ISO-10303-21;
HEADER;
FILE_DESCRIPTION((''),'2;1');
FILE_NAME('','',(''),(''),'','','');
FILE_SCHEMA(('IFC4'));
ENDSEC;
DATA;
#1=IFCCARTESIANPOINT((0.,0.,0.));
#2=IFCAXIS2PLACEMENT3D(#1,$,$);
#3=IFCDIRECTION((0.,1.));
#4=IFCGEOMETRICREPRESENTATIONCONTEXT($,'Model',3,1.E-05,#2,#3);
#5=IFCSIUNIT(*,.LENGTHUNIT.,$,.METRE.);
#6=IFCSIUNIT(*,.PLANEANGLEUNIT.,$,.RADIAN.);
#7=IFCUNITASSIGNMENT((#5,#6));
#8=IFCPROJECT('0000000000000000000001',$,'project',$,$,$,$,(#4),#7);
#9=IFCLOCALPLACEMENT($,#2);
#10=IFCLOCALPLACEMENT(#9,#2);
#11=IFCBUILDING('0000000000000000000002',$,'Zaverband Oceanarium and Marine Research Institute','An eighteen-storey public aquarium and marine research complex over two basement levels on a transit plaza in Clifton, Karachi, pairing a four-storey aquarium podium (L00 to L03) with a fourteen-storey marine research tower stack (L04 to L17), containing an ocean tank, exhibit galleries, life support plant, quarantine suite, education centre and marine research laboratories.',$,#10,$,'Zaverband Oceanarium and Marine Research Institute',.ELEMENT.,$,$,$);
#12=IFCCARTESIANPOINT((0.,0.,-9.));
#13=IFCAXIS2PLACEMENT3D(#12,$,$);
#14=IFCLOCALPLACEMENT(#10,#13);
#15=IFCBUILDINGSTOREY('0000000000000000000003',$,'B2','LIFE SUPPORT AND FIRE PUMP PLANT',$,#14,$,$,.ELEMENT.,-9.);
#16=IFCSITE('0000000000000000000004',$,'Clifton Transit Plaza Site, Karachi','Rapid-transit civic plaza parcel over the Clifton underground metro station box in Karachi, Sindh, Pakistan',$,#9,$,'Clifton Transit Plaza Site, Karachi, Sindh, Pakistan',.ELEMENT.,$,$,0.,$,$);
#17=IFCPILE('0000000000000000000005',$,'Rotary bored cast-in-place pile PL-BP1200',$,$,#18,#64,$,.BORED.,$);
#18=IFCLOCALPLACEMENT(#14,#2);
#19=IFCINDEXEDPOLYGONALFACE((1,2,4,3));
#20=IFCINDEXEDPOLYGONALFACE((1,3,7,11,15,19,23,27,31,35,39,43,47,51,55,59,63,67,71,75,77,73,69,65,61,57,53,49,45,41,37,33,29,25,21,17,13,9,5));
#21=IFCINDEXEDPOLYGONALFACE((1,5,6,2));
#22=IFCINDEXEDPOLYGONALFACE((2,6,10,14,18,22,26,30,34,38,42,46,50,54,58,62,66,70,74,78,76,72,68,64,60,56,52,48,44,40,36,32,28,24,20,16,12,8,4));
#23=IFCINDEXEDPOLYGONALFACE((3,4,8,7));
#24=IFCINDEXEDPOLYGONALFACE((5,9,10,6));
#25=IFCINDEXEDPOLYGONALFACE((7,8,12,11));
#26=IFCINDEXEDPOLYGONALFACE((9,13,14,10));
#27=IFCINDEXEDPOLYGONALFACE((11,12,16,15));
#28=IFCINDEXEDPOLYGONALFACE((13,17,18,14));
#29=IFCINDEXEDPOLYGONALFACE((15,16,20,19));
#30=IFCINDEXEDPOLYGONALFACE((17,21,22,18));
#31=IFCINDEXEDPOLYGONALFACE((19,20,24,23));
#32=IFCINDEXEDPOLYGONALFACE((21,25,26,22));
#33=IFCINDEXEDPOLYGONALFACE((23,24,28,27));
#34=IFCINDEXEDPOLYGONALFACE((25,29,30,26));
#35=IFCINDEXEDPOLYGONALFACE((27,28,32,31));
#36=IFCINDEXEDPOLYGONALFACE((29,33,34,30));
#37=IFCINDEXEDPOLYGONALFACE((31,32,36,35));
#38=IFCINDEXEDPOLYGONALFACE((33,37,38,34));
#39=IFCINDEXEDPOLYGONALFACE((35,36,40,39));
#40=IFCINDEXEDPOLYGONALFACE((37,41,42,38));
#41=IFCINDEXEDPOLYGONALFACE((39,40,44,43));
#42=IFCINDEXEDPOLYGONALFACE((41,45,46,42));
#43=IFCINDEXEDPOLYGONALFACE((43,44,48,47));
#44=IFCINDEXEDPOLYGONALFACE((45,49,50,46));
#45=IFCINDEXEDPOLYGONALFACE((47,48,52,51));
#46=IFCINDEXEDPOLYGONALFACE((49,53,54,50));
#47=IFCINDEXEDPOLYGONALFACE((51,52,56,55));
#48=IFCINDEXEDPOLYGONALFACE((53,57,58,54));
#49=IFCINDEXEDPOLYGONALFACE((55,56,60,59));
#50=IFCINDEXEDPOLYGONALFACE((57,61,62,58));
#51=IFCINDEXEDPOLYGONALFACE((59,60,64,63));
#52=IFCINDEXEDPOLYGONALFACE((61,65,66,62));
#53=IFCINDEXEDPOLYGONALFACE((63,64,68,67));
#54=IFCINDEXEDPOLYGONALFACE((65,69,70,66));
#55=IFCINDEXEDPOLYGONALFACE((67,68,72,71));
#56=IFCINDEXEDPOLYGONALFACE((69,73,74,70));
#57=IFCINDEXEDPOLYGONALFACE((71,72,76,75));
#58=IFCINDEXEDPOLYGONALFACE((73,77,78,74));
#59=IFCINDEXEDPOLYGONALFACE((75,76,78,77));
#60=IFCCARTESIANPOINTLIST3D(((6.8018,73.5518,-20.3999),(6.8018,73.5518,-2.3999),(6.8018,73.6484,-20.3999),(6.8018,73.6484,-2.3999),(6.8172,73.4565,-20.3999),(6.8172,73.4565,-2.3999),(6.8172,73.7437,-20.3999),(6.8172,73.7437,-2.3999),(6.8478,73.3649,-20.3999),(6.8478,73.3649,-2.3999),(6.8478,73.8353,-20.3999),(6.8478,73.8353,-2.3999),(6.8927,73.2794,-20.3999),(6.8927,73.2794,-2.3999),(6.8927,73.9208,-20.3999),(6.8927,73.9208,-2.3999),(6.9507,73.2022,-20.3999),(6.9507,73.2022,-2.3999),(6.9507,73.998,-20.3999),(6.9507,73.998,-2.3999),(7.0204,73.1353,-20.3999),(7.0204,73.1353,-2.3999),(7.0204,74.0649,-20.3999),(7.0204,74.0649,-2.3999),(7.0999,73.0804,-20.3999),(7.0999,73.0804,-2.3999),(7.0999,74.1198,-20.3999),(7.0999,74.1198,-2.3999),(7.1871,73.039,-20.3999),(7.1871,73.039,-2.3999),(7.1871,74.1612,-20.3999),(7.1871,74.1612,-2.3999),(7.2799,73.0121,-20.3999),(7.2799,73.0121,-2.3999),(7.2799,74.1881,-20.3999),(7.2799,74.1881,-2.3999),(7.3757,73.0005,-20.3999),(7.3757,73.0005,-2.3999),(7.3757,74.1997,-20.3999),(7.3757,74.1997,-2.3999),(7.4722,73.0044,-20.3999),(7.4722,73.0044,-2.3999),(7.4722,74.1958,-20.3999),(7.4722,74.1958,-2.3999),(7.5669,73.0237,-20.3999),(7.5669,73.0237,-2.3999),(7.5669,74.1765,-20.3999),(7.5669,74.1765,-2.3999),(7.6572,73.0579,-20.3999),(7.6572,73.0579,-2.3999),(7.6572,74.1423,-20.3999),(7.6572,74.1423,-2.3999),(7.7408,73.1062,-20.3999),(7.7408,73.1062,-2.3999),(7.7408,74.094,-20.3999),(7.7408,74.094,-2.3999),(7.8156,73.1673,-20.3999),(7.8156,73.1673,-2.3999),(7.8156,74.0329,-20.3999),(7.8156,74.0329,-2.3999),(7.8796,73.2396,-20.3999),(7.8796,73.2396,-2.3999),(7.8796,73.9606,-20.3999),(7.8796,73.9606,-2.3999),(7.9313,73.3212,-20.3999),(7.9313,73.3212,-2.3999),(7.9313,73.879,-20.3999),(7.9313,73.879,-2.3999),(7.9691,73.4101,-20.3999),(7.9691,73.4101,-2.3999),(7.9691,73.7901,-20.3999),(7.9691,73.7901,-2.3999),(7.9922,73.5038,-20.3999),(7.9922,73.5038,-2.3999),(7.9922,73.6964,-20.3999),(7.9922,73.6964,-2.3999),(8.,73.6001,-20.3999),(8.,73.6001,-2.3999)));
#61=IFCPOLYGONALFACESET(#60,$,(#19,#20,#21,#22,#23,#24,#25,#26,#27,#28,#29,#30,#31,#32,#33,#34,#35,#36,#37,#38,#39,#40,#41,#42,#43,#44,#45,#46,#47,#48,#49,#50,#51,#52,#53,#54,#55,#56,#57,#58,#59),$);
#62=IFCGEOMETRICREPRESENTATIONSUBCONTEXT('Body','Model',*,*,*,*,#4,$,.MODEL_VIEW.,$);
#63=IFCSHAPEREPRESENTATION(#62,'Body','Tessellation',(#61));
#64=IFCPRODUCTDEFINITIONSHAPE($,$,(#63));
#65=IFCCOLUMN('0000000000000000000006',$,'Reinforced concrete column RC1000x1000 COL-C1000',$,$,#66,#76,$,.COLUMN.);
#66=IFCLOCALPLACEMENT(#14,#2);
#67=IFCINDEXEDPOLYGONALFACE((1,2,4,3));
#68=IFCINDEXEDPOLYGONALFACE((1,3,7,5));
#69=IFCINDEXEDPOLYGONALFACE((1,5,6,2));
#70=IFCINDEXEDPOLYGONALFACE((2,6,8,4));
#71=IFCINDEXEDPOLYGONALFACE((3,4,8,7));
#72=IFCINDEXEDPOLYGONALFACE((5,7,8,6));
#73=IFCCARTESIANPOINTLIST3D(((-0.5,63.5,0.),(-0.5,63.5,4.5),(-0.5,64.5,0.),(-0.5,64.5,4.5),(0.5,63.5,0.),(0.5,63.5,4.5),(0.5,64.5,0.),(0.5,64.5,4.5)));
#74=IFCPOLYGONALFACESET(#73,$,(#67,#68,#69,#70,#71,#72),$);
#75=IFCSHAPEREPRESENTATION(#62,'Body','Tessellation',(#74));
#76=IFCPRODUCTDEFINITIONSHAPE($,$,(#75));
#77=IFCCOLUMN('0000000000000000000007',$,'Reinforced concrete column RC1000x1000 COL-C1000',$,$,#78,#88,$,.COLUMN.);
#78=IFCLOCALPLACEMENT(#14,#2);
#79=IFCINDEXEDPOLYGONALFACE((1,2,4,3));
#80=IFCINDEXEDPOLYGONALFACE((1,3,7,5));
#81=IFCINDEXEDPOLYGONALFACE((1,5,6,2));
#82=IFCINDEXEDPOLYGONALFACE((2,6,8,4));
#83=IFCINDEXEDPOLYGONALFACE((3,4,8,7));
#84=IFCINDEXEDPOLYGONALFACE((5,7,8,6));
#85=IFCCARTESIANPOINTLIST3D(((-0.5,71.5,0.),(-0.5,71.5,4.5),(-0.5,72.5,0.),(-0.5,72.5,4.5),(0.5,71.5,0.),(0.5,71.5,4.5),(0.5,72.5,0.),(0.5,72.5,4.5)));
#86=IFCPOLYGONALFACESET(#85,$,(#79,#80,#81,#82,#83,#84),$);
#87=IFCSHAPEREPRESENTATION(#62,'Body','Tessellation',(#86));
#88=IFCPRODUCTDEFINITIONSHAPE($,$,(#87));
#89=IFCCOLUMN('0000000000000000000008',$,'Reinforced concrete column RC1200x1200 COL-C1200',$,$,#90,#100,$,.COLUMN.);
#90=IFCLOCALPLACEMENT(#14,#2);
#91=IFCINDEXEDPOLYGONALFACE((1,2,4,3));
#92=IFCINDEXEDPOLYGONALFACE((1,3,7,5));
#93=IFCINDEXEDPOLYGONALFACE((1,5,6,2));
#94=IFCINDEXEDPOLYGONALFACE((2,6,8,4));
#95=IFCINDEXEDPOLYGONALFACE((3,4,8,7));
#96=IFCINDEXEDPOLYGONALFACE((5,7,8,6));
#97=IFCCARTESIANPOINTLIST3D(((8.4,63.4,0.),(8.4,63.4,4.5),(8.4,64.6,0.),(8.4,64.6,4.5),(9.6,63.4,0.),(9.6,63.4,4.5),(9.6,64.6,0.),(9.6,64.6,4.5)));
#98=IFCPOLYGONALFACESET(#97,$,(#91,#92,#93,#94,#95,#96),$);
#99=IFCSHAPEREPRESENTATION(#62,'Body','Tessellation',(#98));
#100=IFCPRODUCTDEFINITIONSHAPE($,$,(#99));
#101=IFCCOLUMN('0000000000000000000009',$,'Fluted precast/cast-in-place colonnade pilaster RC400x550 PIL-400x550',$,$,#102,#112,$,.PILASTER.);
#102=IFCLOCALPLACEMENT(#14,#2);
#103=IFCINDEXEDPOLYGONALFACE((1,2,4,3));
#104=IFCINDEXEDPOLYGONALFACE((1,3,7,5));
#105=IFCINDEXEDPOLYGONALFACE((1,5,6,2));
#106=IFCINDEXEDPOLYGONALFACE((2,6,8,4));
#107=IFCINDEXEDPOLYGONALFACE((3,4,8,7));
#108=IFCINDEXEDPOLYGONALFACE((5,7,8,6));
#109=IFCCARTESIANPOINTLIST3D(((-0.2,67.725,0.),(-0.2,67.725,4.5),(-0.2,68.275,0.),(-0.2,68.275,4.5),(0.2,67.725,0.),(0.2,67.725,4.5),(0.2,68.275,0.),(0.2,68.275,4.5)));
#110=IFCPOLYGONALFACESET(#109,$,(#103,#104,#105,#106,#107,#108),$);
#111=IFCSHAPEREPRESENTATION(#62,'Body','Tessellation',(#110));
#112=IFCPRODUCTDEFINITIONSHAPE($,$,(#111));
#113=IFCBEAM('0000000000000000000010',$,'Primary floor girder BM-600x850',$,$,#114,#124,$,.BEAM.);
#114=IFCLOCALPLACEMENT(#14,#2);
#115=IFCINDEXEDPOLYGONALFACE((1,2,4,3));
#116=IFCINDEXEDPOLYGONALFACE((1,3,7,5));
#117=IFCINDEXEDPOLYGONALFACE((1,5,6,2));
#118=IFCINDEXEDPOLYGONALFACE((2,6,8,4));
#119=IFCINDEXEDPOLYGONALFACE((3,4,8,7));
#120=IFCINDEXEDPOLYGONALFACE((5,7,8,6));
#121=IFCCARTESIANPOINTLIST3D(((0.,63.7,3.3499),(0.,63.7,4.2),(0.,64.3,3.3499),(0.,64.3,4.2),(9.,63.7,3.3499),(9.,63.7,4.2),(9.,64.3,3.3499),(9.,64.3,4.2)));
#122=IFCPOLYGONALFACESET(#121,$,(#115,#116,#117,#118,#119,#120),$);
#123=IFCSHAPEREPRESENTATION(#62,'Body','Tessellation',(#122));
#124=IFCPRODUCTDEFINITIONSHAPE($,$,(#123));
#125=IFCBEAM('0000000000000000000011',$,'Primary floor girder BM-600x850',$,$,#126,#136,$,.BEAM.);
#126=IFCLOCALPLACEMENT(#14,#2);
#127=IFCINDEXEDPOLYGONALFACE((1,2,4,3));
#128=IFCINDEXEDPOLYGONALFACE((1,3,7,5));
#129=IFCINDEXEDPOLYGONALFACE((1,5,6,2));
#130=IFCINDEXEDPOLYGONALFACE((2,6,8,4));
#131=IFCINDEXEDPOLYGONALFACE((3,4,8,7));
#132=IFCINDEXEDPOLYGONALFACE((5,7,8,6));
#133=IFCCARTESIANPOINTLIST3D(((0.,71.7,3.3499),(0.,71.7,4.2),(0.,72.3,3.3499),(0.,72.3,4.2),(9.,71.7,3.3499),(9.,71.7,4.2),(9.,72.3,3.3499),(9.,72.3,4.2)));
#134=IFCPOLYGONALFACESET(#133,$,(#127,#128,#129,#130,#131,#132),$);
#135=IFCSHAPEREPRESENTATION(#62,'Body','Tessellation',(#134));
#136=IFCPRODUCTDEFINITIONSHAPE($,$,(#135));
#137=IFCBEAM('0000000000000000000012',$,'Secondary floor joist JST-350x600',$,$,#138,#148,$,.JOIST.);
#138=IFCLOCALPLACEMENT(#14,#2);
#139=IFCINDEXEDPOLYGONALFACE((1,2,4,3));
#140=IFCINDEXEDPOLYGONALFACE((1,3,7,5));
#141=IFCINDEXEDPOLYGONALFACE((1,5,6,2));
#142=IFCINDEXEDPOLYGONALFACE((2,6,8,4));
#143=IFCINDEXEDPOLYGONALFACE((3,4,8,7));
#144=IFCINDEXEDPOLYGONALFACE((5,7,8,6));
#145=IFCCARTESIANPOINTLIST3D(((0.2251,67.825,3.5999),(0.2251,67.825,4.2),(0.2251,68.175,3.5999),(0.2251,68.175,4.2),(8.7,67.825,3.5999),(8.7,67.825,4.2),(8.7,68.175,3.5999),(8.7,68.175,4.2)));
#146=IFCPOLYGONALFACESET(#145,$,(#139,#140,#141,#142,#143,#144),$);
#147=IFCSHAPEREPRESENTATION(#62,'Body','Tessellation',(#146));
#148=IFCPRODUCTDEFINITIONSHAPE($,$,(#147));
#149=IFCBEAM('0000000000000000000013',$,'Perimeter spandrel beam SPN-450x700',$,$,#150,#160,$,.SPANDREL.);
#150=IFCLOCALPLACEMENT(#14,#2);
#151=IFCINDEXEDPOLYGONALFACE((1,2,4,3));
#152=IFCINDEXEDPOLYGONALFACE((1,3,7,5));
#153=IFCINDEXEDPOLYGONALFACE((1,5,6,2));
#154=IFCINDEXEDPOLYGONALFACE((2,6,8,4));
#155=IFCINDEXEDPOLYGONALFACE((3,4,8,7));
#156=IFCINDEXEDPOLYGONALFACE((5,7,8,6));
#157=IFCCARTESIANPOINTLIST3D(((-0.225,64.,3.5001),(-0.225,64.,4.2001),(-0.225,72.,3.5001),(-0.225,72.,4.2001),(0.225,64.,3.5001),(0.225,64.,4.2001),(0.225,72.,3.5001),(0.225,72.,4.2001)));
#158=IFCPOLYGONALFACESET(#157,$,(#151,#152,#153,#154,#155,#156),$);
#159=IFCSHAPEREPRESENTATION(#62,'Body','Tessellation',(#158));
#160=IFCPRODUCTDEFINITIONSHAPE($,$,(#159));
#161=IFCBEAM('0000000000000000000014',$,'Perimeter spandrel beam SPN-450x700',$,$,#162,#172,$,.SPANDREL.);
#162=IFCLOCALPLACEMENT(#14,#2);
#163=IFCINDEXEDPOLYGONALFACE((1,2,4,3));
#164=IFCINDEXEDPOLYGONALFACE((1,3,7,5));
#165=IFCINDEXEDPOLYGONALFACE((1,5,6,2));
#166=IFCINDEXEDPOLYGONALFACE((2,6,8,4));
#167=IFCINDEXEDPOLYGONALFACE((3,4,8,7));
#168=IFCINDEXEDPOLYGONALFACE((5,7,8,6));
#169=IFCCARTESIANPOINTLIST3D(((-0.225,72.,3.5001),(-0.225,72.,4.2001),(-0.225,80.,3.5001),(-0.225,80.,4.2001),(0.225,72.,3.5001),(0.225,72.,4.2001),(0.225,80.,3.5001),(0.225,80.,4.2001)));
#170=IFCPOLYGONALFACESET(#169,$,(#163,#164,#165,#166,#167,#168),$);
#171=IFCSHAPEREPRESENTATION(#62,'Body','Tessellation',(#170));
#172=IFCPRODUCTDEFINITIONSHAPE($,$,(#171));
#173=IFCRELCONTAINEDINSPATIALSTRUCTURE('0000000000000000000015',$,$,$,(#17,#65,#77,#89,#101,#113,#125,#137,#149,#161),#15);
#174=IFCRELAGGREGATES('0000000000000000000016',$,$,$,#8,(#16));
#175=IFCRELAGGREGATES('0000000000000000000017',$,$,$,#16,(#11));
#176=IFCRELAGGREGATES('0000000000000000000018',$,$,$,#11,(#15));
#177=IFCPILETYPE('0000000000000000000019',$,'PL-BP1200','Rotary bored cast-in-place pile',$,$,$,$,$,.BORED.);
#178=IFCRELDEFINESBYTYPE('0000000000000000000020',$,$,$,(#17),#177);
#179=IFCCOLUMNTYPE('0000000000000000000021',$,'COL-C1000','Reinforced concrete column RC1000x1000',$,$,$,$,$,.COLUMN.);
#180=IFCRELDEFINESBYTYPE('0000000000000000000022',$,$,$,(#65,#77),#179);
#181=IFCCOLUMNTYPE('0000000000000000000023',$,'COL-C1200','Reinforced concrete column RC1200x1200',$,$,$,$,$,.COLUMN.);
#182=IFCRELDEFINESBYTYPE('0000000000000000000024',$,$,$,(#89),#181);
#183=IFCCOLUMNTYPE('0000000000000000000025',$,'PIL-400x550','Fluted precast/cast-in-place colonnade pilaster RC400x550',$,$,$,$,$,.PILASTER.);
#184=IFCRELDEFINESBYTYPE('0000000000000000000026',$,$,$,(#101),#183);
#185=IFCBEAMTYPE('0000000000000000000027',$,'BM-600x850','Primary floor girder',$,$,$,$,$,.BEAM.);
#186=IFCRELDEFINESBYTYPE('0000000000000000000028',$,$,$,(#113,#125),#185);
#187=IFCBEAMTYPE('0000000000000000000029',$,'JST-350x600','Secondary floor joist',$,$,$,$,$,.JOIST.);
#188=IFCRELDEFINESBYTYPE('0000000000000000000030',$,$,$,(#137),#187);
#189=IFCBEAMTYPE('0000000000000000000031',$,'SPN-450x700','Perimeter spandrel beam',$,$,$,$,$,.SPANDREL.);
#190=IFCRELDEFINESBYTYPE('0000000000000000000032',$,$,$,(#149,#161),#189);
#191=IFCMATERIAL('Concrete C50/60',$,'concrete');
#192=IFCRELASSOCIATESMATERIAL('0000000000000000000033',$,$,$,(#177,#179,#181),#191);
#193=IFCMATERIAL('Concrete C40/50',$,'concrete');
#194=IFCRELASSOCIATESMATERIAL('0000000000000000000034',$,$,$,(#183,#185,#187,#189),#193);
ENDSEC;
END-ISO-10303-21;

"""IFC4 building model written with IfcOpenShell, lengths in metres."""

from ifc_helpers import new_model, si_unit, direction, frame, origin, origin_2d, place, context, subcontext, project, spatial, rectangle, circle, extrude, material, material_profile, profile_set, type_object, element, save


model = new_model("IFC4")

# Units and contexts
model_context = context("Model", 3, precision=1e-05, world=origin(), true_north=direction((0.0, 1.0)))
body_context = subcontext(model_context, "Body", "Model", "MODEL_VIEW")
ifc_project = project(units=[si_unit("LENGTHUNIT", "METRE"), si_unit("PLANEANGLEUNIT", "RADIAN")], contexts=[model_context])

# Site, building, storey
site_placement = place(None, origin())
site = spatial("IfcSite", under=ifc_project, at=site_placement, Name="Clifton Transit Plaza Site, Karachi", Description="Rapid-transit civic plaza parcel over the Clifton underground metro station box in Karachi, Sindh, Pakistan", LongName="Clifton Transit Plaza Site, Karachi, Sindh, Pakistan", CompositionType="ELEMENT", RefElevation=0.0)
building_placement = place(site_placement, origin())
building = spatial("IfcBuilding", under=site, at=building_placement, Name="Zaverband Oceanarium and Marine Research Institute", Description="An eighteen-storey public aquarium and marine research complex over two basement levels on a transit plaza in Clifton, Karachi, pairing a four-storey aquarium podium (L00 to L03) with a fourteen-storey marine research tower stack (L04 to L17), containing an ocean tank, exhibit galleries, life support plant, quarantine suite, education centre and marine research laboratories.", LongName="Zaverband Oceanarium and Marine Research Institute", CompositionType="ELEMENT")
storey_placement = place(building_placement, frame((0.0, 0.0, -9.0)))
storey = spatial("IfcBuildingStorey", under=building, at=storey_placement, Name="B2", Description="LIFE SUPPORT AND FIRE PUMP PLANT", CompositionType="ELEMENT", Elevation=-9.0)

# Shared definitions
ifc_material_1 = material(Name="Concrete C50/60", Category="concrete")
ifc_material_2 = material(Name="Concrete C40/50", Category="concrete")

# Pile
ifc_material_profile_1 = material_profile(ifc_material_1, circle(Radius=0.6001, at=origin_2d()), Name="BP1200")
ifc_profile_set_1 = profile_set([ifc_material_profile_1], Name="Concrete C50/60")
pile_type = type_object("IfcPileType", Name="PL-BP1200", Description="Rotary bored cast-in-place pile", PredefinedType="BORED", material=ifc_profile_set_1)
for number, where, z_axis, x_axis, name in (
    (1, (7.3999, 73.6001, -2.3999), (0.0, 0.0, -1.0), (1.0, 0.0, 0.0), "Rotary bored cast-in-place pile PL-BP1200"),
):
    element("IfcPile", number, at=place(storey_placement, frame(where, z_axis=z_axis, x_axis=x_axis)), inside=storey, type_object=pile_type, Name=name, PredefinedType="BORED", context=body_context, shape_type="SweptSolid", body=[
        extrude(circle(Radius=0.6001, at=origin_2d()), origin(), (0.0, 0.0, 1.0), 18.0),
    ])

# Columns
ifc_material_profile_2 = material_profile(ifc_material_1, rectangle(XDim=1.0, YDim=1.0, at=origin_2d()), Name="RC1000x1000")
ifc_profile_set_2 = profile_set([ifc_material_profile_2], Name="Concrete C50/60")
column_type_1 = type_object("IfcColumnType", Name="COL-C1000", Description="Reinforced concrete column RC1000x1000", PredefinedType="COLUMN", material=ifc_profile_set_2)
for number, where, z_axis, x_axis, name in (
    (2, (0.0, 64.0, 0.0), (0.0, 0.0, 1.0), (1.0, 0.0, 0.0), "Reinforced concrete column RC1000x1000 COL-C1000"),
    (3, (0.0, 72.0, 0.0), (0.0, 0.0, 1.0), (1.0, 0.0, 0.0), "Reinforced concrete column RC1000x1000 COL-C1000"),
):
    element("IfcColumn", number, at=place(storey_placement, frame(where, z_axis=z_axis, x_axis=x_axis)), inside=storey, type_object=column_type_1, Name=name, PredefinedType="COLUMN", context=body_context, shape_type="SweptSolid", body=[
        extrude(rectangle(XDim=1.0, YDim=1.0, at=origin_2d()), origin(), (0.0, 0.0, 1.0), 4.5),
    ])
ifc_material_profile_3 = material_profile(ifc_material_1, rectangle(XDim=1.2, YDim=1.2, at=origin_2d()), Name="RC1200x1200")
ifc_profile_set_3 = profile_set([ifc_material_profile_3], Name="Concrete C50/60")
column_type_2 = type_object("IfcColumnType", Name="COL-C1200", Description="Reinforced concrete column RC1200x1200", PredefinedType="COLUMN", material=ifc_profile_set_3)
column_1_placement = place(storey_placement, frame((9.0, 64.0, 0.0), z_axis=(0.0, 0.0, 1.0), x_axis=(1.0, 0.0, 0.0)))
element("IfcColumn", 4, at=column_1_placement, inside=storey, type_object=column_type_2, Name="Reinforced concrete column RC1200x1200 COL-C1200", PredefinedType="COLUMN", context=body_context, shape_type="SweptSolid", body=[
    extrude(rectangle(XDim=1.2, YDim=1.2, at=origin_2d()), origin(), (0.0, 0.0, 1.0), 4.5),
])
ifc_material_profile_4 = material_profile(ifc_material_2, rectangle(XDim=0.3999, YDim=0.55, at=origin_2d()), Name="RC400x550")
ifc_profile_set_4 = profile_set([ifc_material_profile_4], Name="Concrete C40/50")
column_type_3 = type_object("IfcColumnType", Name="PIL-400x550", Description="Fluted precast/cast-in-place colonnade pilaster RC400x550", PredefinedType="PILASTER", material=ifc_profile_set_4)
column_2_placement = place(storey_placement, frame((0.0, 68.0, 0.0), z_axis=(0.0, 0.0, 1.0), x_axis=(1.0, 0.0, 0.0)))
element("IfcColumn", 5, at=column_2_placement, inside=storey, type_object=column_type_3, Name="Fluted precast/cast-in-place colonnade pilaster RC400x550 PIL-400x550", PredefinedType="PILASTER", context=body_context, shape_type="SweptSolid", body=[
    extrude(rectangle(XDim=0.3999, YDim=0.55, at=origin_2d()), origin(), (0.0, 0.0, 1.0), 4.5),
])

# Beams
ifc_material_profile_5 = material_profile(ifc_material_2, rectangle(XDim=0.6001, YDim=0.8501, at=origin_2d()), Name="RC600x850")
ifc_profile_set_5 = profile_set([ifc_material_profile_5], Name="Concrete C40/50")
beam_type_1 = type_object("IfcBeamType", Name="BM-600x850", Description="Primary floor girder", PredefinedType="BEAM", material=ifc_profile_set_5)
for number, where, z_axis, x_axis, name in (
    (6, (0.0, 64.0, 3.7749), (1.0, 0.0, 0.0), (0.0, 1.0, 0.0), "Primary floor girder BM-600x850"),
    (7, (0.0, 72.0, 3.7749), (1.0, 0.0, 0.0), (0.0, 1.0, 0.0), "Primary floor girder BM-600x850"),
):
    element("IfcBeam", number, at=place(storey_placement, frame(where, z_axis=z_axis, x_axis=x_axis)), inside=storey, type_object=beam_type_1, Name=name, PredefinedType="BEAM", context=body_context, shape_type="SweptSolid", body=[
        extrude(rectangle(XDim=0.6001, YDim=0.8501, at=origin_2d()), origin(), (0.0, 0.0, 1.0), 9.0),
    ])
ifc_material_profile_6 = material_profile(ifc_material_2, rectangle(XDim=0.3501, YDim=0.6001, at=origin_2d()), Name="RC350x600")
ifc_profile_set_6 = profile_set([ifc_material_profile_6], Name="Concrete C40/50")
beam_type_2 = type_object("IfcBeamType", Name="JST-350x600", Description="Secondary floor joist", PredefinedType="JOIST", material=ifc_profile_set_6)
beam_placement = place(storey_placement, frame((0.2251, 68.0, 3.8999), z_axis=(1.0, 0.0, 0.0), x_axis=(0.0, 1.0, 0.0)))
element("IfcBeam", 8, at=beam_placement, inside=storey, type_object=beam_type_2, Name="Secondary floor joist JST-350x600", PredefinedType="JOIST", context=body_context, shape_type="SweptSolid", body=[
    extrude(rectangle(XDim=0.3501, YDim=0.6001, at=origin_2d()), origin(), (0.0, 0.0, 1.0), 8.4749),
])
ifc_material_profile_7 = material_profile(ifc_material_2, rectangle(XDim=0.45, YDim=0.7, at=origin_2d()), Name="RC450x700")
ifc_profile_set_7 = profile_set([ifc_material_profile_7], Name="Concrete C40/50")
beam_type_3 = type_object("IfcBeamType", Name="SPN-450x700", Description="Perimeter spandrel beam", PredefinedType="SPANDREL", material=ifc_profile_set_7)
for number, where, z_axis, x_axis, name in (
    (9, (0.0, 64.0, 3.8501), (0.0, 1.0, 0.0), (-1.0, 0.0, 0.0), "Perimeter spandrel beam SPN-450x700"),
    (10, (0.0, 72.0, 3.8501), (0.0, 1.0, 0.0), (-1.0, 0.0, 0.0), "Perimeter spandrel beam SPN-450x700"),
):
    element("IfcBeam", number, at=place(storey_placement, frame(where, z_axis=z_axis, x_axis=x_axis)), inside=storey, type_object=beam_type_3, Name=name, PredefinedType="SPANDREL", context=body_context, shape_type="SweptSolid", body=[
        extrude(rectangle(XDim=0.45, YDim=0.7, at=origin_2d()), origin(), (0.0, 0.0, 1.0), 8.0),
    ])

save(model, "model.ifc")
